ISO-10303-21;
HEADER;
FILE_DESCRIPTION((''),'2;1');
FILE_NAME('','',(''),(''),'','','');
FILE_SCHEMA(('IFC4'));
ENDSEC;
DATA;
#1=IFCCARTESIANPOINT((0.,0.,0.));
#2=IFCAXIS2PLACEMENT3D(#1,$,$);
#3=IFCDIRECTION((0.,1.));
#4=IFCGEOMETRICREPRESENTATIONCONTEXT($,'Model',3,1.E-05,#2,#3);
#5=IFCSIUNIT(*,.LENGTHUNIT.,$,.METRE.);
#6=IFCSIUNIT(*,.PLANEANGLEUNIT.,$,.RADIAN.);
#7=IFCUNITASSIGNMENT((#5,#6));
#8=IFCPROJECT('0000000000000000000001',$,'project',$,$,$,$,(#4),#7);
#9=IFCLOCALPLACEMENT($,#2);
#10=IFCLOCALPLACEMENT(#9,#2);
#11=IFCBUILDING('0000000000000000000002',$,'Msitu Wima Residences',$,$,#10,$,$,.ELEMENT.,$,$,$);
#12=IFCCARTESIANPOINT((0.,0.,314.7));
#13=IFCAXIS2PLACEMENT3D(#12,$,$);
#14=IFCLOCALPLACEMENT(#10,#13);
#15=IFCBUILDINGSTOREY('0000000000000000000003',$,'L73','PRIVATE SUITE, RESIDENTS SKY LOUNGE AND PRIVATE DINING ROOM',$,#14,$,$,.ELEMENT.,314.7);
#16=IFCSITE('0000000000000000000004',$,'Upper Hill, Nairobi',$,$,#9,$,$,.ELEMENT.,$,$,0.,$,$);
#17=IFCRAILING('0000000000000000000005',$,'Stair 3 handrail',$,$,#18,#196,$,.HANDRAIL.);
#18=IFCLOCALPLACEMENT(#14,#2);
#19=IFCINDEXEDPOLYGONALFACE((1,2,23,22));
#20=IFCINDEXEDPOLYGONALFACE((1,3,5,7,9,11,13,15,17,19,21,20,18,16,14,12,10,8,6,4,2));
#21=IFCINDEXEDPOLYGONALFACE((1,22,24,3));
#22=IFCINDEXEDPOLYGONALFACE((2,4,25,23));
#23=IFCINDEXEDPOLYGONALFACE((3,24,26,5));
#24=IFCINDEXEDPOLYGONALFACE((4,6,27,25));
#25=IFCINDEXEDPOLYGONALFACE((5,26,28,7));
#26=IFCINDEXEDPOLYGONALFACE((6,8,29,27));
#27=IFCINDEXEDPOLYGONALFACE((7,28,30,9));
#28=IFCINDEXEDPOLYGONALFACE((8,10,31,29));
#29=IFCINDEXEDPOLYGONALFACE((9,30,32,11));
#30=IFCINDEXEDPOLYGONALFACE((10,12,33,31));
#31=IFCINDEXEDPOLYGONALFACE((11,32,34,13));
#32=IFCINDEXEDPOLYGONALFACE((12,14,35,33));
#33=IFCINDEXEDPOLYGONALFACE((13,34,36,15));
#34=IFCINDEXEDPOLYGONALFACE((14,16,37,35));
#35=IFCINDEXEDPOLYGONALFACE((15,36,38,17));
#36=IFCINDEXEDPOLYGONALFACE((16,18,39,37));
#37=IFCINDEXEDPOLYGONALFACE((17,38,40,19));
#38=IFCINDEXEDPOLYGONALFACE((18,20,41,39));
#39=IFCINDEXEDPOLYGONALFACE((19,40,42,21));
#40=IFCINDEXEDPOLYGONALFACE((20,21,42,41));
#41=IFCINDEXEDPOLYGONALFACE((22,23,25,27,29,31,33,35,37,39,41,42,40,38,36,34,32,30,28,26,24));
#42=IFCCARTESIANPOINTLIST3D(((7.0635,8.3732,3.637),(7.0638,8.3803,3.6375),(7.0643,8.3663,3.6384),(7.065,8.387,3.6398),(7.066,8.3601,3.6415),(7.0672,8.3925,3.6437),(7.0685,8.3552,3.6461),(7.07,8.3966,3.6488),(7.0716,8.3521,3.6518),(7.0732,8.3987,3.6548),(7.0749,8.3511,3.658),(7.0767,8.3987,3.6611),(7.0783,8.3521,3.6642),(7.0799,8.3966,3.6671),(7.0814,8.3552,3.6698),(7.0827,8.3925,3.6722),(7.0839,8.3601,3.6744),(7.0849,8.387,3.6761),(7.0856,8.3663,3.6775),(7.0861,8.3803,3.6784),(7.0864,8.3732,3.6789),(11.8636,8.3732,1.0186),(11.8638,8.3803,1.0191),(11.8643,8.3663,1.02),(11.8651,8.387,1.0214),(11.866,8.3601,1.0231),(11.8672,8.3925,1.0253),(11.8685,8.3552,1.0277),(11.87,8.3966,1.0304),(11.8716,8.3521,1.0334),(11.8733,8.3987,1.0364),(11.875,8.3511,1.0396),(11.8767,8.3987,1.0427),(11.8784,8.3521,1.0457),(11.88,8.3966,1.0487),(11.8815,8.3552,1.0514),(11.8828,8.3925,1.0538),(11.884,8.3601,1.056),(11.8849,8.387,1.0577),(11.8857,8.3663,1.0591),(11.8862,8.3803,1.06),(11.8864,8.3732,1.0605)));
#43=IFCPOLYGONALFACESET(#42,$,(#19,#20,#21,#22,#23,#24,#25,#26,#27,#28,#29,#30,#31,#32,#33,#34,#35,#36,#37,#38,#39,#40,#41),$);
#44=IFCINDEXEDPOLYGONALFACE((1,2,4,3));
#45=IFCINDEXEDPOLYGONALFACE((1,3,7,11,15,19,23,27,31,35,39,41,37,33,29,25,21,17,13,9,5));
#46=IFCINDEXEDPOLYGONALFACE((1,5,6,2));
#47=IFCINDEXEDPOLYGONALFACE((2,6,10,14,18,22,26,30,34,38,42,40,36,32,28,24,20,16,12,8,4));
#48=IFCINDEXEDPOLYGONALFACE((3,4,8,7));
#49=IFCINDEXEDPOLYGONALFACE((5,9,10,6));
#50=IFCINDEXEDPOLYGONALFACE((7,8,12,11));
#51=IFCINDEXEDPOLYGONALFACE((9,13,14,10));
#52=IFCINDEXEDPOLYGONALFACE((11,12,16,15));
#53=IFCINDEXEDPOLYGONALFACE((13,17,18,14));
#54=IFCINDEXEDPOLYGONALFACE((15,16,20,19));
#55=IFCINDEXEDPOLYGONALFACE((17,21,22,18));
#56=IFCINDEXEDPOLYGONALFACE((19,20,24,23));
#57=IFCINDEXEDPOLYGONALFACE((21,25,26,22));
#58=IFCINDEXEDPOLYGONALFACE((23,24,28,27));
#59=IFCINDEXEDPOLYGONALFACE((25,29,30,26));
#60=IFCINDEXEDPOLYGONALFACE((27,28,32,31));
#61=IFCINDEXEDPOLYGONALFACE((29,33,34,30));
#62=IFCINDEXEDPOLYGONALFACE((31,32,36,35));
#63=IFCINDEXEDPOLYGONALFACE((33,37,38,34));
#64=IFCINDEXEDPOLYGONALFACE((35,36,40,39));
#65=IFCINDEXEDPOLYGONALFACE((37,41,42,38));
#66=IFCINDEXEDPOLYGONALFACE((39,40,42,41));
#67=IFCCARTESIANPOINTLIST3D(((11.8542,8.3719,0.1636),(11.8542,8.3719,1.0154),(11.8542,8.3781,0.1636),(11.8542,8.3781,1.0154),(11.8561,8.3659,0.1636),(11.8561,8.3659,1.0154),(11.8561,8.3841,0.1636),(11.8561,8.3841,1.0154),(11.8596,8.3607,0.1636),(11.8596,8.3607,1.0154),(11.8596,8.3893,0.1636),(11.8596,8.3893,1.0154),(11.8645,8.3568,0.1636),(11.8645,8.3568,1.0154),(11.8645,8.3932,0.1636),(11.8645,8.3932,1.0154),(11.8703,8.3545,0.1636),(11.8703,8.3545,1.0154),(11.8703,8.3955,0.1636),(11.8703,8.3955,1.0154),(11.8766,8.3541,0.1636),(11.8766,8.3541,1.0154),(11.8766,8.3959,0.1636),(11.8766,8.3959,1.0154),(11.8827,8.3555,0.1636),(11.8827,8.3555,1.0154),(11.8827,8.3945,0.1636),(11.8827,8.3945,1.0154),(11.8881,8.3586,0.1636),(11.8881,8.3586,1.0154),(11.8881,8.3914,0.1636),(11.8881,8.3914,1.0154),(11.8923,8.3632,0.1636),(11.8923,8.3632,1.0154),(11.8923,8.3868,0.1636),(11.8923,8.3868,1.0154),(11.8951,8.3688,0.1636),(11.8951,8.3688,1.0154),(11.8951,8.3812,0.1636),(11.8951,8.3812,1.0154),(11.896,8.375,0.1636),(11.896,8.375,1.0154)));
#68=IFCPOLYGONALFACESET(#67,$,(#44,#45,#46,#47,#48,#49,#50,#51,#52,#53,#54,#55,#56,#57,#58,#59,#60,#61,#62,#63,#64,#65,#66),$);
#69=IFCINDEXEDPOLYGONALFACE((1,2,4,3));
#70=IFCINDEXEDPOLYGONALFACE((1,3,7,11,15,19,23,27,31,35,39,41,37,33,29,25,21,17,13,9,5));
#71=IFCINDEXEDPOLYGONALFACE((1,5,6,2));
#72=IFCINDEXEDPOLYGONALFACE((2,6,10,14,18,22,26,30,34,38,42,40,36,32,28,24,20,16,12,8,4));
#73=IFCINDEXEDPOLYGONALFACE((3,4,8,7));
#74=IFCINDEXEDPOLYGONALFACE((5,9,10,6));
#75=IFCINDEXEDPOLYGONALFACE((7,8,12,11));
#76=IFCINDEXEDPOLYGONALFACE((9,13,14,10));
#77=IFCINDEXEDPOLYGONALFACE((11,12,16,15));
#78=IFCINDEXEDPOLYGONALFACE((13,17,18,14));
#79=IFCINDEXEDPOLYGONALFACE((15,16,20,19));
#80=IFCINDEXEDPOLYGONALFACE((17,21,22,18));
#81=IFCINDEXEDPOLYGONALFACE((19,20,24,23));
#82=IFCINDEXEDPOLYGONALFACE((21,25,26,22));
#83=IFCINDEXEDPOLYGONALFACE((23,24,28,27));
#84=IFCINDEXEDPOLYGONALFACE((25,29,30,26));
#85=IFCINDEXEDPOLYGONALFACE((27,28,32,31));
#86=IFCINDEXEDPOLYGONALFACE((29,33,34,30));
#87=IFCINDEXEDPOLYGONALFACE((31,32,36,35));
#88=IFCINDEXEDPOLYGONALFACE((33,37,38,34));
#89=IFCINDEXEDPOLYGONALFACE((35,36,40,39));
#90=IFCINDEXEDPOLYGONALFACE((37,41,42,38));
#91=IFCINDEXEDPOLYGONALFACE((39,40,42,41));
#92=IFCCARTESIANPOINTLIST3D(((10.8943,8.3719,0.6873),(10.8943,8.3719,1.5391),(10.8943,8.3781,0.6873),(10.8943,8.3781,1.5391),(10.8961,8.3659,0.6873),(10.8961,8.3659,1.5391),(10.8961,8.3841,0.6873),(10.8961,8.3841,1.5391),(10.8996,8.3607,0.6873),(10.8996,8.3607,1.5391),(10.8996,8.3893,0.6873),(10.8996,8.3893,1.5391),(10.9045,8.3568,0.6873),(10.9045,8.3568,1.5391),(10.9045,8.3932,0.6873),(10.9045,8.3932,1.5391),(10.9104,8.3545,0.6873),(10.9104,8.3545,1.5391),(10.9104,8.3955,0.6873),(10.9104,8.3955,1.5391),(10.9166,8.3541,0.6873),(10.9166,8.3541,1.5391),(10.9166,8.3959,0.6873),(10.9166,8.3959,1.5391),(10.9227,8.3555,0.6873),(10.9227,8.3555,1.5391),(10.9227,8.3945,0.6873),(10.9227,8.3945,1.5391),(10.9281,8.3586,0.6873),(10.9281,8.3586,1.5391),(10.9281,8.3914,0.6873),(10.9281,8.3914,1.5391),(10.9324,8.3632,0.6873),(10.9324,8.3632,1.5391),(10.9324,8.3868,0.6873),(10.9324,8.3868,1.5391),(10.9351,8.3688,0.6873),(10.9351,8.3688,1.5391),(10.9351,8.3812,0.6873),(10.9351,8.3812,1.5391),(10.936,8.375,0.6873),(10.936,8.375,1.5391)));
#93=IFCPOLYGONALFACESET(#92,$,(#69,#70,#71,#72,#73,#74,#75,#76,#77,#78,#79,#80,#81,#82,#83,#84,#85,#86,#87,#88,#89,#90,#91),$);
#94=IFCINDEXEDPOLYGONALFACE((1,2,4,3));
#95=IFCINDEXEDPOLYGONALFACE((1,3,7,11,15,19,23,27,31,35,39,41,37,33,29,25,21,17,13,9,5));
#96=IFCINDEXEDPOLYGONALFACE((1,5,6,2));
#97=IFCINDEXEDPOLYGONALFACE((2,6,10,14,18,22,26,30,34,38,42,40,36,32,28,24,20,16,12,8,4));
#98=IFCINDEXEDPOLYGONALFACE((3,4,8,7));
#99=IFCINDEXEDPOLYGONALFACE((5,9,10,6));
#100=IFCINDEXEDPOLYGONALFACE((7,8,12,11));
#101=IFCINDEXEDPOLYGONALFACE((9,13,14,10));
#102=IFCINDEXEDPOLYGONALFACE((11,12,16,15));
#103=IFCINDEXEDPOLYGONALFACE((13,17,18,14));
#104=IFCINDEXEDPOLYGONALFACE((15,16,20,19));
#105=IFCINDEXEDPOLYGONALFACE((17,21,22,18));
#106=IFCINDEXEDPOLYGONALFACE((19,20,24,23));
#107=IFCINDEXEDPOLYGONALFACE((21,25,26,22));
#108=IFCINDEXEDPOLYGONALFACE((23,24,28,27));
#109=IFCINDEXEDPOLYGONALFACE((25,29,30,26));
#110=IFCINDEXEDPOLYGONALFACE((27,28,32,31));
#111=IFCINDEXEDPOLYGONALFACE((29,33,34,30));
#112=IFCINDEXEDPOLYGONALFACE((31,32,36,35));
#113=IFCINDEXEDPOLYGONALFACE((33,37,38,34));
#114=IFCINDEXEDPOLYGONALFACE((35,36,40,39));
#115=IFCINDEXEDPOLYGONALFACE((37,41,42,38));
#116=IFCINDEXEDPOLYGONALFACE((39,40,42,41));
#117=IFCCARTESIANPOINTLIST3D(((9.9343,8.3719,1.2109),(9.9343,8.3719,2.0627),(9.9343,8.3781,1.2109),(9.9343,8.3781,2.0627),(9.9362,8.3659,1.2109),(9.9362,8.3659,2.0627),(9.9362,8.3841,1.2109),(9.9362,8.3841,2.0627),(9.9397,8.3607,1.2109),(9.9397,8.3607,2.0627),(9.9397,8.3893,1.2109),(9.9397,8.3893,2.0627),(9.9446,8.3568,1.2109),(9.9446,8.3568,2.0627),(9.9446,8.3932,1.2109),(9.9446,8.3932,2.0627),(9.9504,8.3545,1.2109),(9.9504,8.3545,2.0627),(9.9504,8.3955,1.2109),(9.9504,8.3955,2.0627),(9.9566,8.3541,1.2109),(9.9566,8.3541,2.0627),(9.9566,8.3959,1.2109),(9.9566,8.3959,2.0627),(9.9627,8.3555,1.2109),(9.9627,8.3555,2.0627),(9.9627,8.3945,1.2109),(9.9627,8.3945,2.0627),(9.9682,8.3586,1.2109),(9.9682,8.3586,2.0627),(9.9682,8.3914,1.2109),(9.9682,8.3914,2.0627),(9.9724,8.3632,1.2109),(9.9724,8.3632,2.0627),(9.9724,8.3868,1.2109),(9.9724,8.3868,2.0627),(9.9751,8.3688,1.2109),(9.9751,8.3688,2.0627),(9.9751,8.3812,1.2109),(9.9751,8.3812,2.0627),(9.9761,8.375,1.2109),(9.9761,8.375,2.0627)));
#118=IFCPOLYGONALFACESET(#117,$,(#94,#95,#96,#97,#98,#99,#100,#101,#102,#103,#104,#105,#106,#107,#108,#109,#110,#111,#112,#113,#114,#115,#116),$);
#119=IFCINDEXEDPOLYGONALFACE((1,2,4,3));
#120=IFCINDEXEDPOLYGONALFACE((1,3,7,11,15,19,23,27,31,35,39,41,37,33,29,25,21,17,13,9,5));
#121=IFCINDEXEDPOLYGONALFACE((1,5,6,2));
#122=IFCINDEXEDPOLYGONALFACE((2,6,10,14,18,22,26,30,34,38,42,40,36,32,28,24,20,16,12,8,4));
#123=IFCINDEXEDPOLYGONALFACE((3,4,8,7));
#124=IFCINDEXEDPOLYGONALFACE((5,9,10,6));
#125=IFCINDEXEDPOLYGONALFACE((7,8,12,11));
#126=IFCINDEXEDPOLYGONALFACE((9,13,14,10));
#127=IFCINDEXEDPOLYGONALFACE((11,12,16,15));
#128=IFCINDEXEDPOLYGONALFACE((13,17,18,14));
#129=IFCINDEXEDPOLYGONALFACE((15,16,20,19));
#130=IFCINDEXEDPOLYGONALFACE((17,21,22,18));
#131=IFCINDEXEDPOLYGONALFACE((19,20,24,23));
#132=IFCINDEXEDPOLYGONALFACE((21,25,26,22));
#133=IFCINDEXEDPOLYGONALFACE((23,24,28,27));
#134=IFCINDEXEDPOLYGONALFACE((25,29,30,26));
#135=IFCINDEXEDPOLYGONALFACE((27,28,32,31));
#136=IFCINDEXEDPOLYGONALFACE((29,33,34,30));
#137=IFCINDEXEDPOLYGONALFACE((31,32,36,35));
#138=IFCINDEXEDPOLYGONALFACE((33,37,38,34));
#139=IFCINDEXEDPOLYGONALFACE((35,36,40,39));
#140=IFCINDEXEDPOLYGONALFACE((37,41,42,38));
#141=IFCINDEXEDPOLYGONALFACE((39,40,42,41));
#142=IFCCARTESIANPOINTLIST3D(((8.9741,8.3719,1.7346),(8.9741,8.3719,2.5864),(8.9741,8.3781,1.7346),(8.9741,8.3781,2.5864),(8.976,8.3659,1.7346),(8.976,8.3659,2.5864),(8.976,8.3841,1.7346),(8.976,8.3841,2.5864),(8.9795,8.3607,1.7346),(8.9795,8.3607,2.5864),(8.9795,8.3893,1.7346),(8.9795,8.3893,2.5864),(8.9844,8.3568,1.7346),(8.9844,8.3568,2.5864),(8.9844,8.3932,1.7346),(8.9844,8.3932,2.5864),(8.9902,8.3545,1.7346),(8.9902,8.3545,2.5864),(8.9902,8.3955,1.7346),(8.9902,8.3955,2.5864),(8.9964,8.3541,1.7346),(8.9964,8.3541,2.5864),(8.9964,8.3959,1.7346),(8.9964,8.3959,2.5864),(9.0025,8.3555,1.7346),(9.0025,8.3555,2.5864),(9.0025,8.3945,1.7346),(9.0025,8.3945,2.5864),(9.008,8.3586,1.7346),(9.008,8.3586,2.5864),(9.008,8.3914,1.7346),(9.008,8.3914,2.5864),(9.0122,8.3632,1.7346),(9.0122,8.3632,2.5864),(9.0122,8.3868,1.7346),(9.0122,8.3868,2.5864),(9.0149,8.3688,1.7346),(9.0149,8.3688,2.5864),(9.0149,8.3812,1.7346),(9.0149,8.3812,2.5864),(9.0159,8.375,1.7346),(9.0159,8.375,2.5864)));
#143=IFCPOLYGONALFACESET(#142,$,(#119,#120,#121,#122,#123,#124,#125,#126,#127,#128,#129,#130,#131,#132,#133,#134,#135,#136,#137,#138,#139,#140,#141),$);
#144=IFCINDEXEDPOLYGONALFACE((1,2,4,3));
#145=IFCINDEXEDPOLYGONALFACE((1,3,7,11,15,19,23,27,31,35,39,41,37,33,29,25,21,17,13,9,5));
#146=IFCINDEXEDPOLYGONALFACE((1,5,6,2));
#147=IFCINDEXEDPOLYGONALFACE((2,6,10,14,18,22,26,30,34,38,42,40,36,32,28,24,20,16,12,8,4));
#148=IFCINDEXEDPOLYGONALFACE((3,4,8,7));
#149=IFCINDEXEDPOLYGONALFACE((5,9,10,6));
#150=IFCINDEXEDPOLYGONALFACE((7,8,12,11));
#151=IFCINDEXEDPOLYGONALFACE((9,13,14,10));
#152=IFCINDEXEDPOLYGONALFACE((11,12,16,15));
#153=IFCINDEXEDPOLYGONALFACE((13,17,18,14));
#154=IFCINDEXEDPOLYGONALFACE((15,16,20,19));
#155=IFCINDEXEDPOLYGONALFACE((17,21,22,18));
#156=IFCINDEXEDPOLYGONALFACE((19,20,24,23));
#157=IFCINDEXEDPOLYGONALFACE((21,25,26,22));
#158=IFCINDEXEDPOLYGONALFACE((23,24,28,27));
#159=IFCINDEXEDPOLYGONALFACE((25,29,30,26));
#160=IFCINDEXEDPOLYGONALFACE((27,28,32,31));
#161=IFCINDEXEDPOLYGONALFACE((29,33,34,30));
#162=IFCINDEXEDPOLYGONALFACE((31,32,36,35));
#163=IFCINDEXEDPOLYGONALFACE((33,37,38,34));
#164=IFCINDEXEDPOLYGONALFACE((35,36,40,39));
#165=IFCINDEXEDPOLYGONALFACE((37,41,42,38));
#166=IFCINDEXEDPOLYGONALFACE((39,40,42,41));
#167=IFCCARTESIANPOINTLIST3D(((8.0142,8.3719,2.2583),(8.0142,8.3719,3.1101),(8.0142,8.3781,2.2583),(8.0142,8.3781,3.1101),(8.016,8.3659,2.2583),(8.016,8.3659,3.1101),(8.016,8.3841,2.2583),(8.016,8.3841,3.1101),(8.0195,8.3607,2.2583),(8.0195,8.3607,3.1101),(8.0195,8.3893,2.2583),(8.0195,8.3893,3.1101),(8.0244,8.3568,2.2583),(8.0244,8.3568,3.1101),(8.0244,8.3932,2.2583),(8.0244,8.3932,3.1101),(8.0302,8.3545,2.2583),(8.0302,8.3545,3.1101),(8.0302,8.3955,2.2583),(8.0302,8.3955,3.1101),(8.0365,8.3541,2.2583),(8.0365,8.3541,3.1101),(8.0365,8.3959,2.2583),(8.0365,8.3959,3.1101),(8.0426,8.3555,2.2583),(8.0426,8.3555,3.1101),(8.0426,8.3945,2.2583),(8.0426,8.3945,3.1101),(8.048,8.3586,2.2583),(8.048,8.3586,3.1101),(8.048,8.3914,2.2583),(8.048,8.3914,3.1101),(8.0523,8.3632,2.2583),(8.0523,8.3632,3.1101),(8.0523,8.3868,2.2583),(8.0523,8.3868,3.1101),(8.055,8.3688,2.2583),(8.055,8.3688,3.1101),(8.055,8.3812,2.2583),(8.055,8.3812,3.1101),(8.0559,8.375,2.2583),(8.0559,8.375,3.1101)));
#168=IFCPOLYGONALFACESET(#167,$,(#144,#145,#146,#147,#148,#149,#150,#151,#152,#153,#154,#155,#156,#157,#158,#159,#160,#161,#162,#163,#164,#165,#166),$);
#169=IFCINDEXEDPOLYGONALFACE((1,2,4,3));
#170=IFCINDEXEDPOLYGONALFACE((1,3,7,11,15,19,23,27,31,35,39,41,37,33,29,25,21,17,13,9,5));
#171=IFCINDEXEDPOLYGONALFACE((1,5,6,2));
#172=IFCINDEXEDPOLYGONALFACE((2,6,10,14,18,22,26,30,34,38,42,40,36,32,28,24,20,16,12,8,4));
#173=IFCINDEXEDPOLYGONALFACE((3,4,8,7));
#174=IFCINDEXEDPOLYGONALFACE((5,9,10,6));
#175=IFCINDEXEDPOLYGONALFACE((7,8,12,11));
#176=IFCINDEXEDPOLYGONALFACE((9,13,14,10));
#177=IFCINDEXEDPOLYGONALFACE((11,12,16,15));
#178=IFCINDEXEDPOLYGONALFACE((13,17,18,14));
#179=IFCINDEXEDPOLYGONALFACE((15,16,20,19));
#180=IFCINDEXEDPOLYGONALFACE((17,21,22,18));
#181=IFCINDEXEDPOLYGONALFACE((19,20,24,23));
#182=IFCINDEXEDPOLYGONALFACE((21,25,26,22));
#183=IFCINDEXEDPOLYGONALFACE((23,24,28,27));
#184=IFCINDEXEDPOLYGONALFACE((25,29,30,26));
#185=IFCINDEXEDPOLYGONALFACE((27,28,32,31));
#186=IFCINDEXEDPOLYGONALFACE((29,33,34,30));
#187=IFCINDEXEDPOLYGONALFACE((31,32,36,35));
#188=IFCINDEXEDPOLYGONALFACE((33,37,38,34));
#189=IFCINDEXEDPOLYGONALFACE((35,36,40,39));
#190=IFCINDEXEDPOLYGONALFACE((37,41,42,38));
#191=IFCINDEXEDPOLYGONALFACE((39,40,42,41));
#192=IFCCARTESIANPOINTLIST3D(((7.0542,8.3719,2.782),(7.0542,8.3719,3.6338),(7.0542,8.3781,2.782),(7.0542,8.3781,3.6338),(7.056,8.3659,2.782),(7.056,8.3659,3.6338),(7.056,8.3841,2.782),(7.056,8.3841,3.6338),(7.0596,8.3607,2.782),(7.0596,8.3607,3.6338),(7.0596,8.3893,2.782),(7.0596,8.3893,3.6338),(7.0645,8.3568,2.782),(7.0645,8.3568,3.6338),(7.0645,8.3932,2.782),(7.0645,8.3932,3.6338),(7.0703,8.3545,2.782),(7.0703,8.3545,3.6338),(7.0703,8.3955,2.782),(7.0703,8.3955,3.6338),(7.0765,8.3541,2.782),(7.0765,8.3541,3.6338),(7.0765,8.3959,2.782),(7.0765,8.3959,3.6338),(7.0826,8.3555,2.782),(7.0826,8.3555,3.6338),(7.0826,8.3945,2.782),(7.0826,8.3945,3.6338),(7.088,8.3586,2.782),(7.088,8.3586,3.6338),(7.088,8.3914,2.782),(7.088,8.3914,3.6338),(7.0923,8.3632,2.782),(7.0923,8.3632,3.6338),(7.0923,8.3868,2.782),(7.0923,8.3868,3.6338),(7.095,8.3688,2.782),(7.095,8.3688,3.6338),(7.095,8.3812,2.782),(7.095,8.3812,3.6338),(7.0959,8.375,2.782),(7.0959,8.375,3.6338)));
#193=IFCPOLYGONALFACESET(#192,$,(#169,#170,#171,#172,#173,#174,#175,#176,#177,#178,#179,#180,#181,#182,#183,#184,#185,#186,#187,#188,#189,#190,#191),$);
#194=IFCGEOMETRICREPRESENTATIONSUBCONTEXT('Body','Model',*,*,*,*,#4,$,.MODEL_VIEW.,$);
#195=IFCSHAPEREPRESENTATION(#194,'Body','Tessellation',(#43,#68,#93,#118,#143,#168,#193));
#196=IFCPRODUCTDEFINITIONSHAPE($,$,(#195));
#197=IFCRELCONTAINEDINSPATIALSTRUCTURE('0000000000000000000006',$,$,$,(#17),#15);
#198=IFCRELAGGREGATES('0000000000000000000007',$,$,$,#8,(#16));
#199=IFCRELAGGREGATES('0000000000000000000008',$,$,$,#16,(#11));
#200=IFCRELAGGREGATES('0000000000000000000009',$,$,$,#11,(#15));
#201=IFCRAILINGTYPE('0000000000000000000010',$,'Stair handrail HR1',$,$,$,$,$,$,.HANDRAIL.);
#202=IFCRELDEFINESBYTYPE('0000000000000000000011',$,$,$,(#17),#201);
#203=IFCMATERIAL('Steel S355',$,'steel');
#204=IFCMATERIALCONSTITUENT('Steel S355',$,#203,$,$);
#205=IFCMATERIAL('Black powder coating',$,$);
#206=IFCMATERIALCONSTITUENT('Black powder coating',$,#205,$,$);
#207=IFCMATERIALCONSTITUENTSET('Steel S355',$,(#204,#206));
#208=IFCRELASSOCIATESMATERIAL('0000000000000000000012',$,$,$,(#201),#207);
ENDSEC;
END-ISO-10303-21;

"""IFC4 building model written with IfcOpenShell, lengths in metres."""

from ifc_helpers import new_model, si_unit, direction, frame, origin, origin_2d, place, context, subcontext, project, spatial, circle, extrude, material, constituent, constituent_set, type_object, element, save


model = new_model("IFC4")

# Units and contexts
model_context = context("Model", 3, precision=1e-05, world=origin(), true_north=direction((0.0, 1.0)))
body_context = subcontext(model_context, "Body", "Model", "MODEL_VIEW")
ifc_project = project(units=[si_unit("LENGTHUNIT", "METRE"), si_unit("PLANEANGLEUNIT", "RADIAN")], contexts=[model_context])

# Site, building, storey
site_placement = place(None, origin())
site = spatial("IfcSite", under=ifc_project, at=site_placement, Name="Upper Hill, Nairobi", CompositionType="ELEMENT", RefElevation=0.0)
building_placement = place(site_placement, origin())
building = spatial("IfcBuilding", under=site, at=building_placement, Name="Msitu Wima Residences", CompositionType="ELEMENT")
storey_placement = place(building_placement, frame((0.0, 0.0, 314.7)))
storey = spatial("IfcBuildingStorey", under=building, at=storey_placement, Name="L73", Description="PRIVATE SUITE, RESIDENTS SKY LOUNGE AND PRIVATE DINING ROOM", CompositionType="ELEMENT", Elevation=314.7)

# Railing
ifc_material_1 = material(Name="Steel S355", Category="steel")
ifc_constituent_1 = constituent(ifc_material_1, Name="Steel S355")
ifc_material_2 = material(Name="Black powder coating")
ifc_constituent_2 = constituent(ifc_material_2, Name="Black powder coating")
ifc_constituent_set = constituent_set(constituents=[ifc_constituent_1, ifc_constituent_2], Name="Steel S355")
railing_type = type_object("IfcRailingType", Name="Stair handrail HR1", PredefinedType="HANDRAIL", material=ifc_constituent_set)
railing_placement = place(storey_placement, frame((11.875, 8.375, 0.1636)))
element("IfcRailing", 1, at=railing_placement, inside=storey, type_object=railing_type, Name="Stair 3 handrail", PredefinedType="HANDRAIL", context=body_context, shape_type="SweptSolid", body=[
    extrude(circle(Radius=0.0239, at=origin_2d()), frame((0.0, 0.0, 0.876), z_axis=(-0.87788, 0.0, 0.47888), x_axis=(0.0, -1.0, 0.0)), (0.0, 0.0, 1.0), 5.4678),
    extrude(circle(Radius=0.021, at=origin_2d()), origin(), (0.0, 0.0, 1.0), 0.8518),
    extrude(circle(Radius=0.021, at=origin_2d()), frame((-0.96, 0.0, 0.5237)), (0.0, 0.0, 1.0), 0.8518),
    extrude(circle(Radius=0.021, at=origin_2d()), frame((-1.9199, 0.0, 1.0474)), (0.0, 0.0, 1.0), 0.8518),
    extrude(circle(Radius=0.021, at=origin_2d()), frame((-2.8801, 0.0, 1.571)), (0.0, 0.0, 1.0), 0.8518),
    extrude(circle(Radius=0.021, at=origin_2d()), frame((-3.8401, 0.0, 2.0947)), (0.0, 0.0, 1.0), 0.8518),
    extrude(circle(Radius=0.021, at=origin_2d()), frame((-4.8, 0.0, 2.6184)), (0.0, 0.0, 1.0), 0.8518),
])

save(model, "model.ifc")
